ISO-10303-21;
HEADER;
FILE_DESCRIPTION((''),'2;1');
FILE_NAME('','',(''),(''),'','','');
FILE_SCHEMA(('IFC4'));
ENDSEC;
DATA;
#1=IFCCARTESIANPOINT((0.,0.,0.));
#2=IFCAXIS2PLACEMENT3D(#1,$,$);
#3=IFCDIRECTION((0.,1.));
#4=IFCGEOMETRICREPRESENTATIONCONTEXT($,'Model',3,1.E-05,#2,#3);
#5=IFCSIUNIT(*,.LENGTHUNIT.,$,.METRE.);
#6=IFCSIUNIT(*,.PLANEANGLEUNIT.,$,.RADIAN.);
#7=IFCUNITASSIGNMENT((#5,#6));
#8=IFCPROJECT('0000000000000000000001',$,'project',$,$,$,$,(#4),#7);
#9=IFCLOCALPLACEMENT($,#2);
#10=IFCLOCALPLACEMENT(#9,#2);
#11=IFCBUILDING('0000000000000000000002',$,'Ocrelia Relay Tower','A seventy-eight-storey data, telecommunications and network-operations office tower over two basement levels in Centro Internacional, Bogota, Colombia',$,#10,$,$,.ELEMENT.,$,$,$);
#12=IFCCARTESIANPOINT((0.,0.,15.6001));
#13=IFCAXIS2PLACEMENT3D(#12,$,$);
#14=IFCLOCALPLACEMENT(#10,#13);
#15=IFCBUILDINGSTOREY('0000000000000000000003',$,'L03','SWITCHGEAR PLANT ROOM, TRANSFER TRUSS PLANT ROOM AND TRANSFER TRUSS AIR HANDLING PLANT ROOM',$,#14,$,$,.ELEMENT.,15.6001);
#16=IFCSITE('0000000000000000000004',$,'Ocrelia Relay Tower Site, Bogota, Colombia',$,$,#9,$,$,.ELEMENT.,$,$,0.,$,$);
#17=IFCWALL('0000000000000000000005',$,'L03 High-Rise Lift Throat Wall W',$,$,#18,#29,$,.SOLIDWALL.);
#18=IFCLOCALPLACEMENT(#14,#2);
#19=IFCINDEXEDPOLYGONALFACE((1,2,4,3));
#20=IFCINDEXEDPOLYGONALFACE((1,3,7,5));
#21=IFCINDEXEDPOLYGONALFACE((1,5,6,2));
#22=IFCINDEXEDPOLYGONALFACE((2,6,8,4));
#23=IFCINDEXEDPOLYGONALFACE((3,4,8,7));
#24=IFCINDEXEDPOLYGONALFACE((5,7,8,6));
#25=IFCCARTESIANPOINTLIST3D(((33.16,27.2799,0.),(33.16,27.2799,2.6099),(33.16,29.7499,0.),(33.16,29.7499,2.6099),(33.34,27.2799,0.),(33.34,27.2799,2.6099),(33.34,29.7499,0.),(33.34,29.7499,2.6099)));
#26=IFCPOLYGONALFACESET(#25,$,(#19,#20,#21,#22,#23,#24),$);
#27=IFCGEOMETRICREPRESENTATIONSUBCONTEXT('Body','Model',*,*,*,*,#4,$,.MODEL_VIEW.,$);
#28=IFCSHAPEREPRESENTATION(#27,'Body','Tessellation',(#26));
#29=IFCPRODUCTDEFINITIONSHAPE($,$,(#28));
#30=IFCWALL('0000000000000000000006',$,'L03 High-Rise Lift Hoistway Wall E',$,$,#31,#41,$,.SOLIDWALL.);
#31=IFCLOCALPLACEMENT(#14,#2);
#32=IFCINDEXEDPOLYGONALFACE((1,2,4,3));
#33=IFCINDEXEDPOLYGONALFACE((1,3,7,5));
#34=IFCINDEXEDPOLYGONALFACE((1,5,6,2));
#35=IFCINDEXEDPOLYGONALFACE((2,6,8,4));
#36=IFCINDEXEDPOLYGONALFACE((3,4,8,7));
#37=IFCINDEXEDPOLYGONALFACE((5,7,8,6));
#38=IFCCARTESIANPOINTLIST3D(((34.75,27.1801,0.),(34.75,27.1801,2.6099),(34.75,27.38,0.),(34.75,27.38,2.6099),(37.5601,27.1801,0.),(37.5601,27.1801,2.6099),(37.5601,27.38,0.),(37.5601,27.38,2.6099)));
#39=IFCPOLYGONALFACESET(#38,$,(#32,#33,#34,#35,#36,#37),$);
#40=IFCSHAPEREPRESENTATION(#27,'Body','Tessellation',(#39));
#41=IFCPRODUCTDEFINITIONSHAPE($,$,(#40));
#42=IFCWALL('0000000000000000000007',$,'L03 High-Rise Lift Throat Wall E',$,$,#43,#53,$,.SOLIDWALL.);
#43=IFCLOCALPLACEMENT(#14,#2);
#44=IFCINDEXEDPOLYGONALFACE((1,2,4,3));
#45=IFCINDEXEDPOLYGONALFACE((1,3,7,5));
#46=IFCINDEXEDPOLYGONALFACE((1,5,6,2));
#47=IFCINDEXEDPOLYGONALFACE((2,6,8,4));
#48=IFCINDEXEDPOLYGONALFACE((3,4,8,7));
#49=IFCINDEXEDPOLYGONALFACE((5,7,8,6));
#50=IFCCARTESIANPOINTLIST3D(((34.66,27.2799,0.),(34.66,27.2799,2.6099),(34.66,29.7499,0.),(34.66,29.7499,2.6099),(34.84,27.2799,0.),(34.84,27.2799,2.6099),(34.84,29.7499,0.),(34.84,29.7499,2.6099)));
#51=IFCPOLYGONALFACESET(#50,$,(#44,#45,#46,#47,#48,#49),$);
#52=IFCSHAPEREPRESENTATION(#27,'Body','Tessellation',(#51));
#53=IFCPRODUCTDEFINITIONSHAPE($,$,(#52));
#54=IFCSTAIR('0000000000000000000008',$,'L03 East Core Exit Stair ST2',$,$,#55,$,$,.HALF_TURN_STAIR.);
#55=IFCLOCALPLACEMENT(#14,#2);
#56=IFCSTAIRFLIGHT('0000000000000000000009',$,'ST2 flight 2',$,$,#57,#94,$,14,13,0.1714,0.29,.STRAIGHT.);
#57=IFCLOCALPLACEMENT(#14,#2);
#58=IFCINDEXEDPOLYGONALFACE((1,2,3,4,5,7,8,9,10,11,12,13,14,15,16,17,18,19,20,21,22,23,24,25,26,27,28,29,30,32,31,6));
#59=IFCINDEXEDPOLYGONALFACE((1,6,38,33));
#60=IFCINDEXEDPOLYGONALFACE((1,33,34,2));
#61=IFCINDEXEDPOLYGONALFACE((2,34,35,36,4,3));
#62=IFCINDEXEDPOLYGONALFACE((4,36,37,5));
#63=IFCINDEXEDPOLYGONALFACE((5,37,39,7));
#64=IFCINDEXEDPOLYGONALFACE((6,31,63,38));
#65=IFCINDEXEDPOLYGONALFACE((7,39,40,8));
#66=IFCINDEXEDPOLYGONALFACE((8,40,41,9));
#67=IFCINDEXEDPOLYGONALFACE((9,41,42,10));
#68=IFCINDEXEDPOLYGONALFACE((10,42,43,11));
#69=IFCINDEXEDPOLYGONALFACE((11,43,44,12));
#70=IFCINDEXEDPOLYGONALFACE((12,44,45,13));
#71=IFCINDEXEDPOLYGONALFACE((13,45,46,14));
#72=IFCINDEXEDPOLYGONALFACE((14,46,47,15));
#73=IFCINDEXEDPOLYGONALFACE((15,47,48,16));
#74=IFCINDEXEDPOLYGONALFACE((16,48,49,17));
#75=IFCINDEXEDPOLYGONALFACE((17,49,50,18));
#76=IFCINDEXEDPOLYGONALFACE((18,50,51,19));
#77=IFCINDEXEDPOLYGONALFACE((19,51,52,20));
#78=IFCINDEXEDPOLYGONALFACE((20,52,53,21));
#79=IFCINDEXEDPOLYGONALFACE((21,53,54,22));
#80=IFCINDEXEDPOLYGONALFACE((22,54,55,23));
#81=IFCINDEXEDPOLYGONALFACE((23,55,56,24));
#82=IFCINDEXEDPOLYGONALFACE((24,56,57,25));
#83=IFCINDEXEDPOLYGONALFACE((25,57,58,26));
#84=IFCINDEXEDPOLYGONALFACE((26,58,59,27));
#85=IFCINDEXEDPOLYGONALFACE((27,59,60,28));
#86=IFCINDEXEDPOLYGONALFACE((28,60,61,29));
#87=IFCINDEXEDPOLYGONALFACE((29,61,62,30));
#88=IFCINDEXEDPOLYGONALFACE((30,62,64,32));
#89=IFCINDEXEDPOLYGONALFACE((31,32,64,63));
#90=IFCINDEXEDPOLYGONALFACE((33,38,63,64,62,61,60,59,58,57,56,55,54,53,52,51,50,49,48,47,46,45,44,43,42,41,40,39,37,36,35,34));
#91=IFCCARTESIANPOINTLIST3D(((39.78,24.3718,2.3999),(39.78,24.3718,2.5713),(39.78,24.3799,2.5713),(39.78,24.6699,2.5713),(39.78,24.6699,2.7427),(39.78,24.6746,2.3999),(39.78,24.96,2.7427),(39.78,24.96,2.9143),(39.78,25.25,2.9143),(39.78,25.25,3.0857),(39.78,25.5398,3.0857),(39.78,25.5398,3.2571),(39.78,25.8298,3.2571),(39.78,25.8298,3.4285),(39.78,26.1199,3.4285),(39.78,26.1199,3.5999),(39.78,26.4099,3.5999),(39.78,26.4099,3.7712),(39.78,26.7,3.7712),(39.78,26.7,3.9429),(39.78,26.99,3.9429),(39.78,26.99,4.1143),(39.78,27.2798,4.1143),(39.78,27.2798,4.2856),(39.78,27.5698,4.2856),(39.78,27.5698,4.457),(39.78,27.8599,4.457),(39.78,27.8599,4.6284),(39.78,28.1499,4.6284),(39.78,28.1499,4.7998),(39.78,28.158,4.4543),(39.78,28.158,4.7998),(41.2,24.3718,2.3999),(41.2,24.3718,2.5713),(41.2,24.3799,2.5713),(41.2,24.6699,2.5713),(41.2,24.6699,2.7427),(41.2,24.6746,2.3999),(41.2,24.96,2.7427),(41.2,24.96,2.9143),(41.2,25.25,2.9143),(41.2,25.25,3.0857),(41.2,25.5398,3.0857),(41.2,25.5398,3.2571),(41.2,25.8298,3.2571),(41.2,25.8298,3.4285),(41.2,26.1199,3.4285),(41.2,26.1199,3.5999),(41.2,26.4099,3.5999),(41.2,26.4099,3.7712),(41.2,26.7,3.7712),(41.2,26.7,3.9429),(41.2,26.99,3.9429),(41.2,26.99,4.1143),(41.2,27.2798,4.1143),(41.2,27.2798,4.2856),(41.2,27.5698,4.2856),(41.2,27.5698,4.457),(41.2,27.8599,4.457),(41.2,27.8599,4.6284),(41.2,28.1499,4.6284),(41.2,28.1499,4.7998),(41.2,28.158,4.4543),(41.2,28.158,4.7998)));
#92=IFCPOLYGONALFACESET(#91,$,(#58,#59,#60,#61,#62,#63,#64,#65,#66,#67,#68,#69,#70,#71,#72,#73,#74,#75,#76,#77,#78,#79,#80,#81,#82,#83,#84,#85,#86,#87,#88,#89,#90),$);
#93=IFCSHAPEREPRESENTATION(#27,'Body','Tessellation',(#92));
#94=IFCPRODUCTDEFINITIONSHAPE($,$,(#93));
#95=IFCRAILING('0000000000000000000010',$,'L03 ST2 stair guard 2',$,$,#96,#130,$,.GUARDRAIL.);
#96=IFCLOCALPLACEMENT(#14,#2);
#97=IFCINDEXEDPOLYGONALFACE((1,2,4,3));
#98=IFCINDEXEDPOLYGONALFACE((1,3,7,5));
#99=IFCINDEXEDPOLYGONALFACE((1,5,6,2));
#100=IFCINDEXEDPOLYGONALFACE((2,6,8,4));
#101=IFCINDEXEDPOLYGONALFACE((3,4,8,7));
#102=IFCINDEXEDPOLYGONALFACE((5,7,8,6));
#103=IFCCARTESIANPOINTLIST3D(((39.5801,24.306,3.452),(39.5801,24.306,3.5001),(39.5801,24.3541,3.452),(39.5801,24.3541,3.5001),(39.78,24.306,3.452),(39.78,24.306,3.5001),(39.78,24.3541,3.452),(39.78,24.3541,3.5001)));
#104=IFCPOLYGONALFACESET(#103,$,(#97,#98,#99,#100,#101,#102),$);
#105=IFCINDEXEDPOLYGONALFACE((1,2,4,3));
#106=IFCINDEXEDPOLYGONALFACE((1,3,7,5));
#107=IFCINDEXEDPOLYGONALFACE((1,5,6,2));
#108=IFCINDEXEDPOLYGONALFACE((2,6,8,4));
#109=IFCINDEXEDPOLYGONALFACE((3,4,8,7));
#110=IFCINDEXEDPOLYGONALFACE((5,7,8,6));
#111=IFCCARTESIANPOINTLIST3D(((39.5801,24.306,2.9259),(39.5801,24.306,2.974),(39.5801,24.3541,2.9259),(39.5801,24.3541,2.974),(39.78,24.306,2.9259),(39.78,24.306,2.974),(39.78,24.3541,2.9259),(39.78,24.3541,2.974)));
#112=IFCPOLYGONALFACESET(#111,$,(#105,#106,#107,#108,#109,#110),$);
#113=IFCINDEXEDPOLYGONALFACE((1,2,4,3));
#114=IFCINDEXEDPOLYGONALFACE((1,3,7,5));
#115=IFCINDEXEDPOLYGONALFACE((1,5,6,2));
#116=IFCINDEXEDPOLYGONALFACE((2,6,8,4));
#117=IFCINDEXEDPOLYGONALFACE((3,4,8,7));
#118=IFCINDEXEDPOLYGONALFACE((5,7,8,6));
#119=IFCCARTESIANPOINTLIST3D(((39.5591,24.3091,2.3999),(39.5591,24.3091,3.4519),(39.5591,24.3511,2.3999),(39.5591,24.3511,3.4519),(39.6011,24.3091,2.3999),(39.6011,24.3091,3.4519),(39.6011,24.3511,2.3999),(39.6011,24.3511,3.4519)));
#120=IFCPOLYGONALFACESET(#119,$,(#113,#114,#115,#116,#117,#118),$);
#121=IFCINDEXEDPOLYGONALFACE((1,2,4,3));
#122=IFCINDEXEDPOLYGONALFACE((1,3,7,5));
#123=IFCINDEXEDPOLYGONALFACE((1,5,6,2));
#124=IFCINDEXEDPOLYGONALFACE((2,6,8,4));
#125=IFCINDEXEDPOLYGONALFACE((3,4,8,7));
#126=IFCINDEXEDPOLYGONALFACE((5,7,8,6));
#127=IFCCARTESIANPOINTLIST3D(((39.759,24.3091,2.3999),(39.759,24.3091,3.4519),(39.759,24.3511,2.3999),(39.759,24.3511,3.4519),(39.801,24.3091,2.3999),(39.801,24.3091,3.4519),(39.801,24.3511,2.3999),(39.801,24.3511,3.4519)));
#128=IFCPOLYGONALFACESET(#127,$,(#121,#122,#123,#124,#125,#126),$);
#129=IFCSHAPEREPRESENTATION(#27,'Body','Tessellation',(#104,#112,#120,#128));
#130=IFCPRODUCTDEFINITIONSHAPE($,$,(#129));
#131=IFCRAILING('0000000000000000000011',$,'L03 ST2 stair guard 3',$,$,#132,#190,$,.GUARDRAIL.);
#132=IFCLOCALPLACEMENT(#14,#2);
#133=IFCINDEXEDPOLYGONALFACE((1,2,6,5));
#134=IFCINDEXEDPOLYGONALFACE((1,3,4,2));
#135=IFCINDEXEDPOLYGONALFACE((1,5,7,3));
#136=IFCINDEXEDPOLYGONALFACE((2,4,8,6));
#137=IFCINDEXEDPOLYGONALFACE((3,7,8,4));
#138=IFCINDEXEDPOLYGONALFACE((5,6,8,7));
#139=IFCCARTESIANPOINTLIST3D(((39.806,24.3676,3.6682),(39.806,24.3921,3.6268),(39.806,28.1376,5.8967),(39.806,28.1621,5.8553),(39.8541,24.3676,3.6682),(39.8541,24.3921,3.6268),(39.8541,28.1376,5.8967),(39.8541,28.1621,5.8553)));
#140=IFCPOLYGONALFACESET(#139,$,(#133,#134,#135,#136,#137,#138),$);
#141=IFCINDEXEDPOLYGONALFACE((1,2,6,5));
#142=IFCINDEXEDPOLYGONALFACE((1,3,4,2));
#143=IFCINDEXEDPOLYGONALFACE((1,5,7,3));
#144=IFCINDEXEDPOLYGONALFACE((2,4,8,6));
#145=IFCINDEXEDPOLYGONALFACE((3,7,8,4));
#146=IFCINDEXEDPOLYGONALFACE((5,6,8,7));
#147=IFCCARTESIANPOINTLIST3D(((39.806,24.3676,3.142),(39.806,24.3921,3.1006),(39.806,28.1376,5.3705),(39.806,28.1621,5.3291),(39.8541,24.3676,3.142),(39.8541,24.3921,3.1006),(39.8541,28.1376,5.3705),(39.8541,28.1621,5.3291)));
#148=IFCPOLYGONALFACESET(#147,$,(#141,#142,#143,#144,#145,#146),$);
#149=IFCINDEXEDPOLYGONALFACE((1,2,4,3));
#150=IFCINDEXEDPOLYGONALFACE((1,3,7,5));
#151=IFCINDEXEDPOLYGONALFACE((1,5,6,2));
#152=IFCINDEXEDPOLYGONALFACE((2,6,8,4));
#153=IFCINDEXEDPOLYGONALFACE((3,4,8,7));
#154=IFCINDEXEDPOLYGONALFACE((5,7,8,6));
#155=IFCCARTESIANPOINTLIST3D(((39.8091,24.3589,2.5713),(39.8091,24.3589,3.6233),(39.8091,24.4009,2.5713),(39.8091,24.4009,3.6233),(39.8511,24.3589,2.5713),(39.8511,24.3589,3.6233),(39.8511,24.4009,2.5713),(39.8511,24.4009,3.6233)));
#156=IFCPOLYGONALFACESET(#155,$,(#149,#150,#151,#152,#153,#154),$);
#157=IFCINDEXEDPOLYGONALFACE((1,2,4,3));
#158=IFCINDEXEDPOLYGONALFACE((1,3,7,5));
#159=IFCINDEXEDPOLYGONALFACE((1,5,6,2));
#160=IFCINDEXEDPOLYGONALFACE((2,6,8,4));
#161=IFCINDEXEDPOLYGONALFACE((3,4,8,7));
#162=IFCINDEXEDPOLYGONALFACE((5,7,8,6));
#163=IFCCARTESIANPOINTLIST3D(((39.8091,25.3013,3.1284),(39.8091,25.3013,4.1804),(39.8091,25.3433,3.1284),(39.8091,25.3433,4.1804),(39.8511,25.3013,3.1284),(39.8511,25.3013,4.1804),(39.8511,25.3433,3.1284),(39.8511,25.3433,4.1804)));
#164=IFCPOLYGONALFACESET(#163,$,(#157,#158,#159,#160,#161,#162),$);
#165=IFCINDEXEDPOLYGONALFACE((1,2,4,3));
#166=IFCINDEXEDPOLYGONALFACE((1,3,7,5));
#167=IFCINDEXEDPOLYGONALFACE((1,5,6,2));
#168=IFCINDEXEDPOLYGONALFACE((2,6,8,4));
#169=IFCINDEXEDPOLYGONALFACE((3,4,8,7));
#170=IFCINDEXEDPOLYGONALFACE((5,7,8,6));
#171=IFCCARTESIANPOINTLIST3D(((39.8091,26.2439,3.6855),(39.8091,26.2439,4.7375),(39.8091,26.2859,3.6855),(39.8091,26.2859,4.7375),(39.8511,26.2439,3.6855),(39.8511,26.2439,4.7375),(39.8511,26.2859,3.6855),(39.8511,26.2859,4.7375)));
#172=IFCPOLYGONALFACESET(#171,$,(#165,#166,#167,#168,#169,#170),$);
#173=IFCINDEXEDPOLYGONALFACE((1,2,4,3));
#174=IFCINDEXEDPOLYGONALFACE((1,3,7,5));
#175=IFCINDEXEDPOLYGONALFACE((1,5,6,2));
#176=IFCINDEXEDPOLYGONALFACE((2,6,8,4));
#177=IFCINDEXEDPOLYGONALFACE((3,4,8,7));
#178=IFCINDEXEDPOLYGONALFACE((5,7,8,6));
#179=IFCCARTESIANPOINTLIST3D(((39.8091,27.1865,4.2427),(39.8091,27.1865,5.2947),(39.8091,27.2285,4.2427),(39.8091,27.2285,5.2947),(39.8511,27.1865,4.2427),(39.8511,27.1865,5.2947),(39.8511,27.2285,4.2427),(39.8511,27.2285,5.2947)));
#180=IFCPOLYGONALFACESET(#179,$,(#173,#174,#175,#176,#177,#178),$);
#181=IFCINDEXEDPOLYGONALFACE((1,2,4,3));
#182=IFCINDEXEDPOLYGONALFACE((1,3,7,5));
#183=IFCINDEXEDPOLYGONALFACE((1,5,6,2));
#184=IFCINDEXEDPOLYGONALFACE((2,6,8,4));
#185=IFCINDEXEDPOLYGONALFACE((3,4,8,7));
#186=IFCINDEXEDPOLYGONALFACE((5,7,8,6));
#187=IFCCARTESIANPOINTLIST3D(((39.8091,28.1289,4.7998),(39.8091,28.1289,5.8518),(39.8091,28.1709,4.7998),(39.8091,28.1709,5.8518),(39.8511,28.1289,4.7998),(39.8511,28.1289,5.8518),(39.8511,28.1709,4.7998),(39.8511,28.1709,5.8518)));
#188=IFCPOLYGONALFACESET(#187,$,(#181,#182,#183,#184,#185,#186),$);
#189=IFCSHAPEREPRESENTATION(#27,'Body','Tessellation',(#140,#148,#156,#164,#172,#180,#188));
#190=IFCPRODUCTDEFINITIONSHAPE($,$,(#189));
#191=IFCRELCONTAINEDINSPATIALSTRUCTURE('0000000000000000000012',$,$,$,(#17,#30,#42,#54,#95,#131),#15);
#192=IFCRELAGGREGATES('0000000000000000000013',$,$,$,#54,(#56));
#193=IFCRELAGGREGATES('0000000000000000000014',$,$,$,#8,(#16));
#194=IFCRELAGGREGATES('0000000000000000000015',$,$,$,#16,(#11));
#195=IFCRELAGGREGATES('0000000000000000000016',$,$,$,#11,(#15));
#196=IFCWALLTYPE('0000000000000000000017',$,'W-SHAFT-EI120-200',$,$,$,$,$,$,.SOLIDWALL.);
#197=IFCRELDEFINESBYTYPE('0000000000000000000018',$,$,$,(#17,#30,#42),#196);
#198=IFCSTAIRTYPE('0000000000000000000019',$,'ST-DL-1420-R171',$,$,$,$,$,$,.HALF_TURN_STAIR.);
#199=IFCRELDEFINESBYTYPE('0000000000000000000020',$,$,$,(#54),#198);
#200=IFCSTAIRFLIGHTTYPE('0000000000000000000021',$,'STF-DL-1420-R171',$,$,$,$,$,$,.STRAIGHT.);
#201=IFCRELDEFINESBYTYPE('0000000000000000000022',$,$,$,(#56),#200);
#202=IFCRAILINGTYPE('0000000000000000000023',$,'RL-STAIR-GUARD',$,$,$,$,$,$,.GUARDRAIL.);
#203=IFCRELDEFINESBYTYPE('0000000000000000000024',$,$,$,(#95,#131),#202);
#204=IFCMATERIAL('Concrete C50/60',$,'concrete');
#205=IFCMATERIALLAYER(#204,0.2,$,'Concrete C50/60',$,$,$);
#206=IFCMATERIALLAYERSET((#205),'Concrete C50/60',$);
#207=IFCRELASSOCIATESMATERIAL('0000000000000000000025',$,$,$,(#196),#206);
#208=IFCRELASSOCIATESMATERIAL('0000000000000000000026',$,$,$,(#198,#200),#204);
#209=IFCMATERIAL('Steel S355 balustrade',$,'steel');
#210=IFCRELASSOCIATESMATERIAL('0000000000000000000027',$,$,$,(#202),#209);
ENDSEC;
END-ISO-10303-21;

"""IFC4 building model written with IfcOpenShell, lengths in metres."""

from ifc_helpers import new_model, si_unit, direction, frame, frame_2d, origin, origin_2d, place, context, subcontext, project, spatial, polyline, rectangle, outline, extrude, material, layer, layer_set, type_object, element, aggregate, save


model = new_model("IFC4")

# Units and contexts
model_context = context("Model", 3, precision=1e-05, world=origin(), true_north=direction((0.0, 1.0)))
body_context = subcontext(model_context, "Body", "Model", "MODEL_VIEW")
ifc_project = project(units=[si_unit("LENGTHUNIT", "METRE"), si_unit("PLANEANGLEUNIT", "RADIAN")], contexts=[model_context])

# Site, building, storey
site_placement = place(None, origin())
site = spatial("IfcSite", under=ifc_project, at=site_placement, Name="Ocrelia Relay Tower Site, Bogota, Colombia", CompositionType="ELEMENT", RefElevation=0.0)
building_placement = place(site_placement, origin())
building = spatial("IfcBuilding", under=site, at=building_placement, Name="Ocrelia Relay Tower", Description="A seventy-eight-storey data, telecommunications and network-operations office tower over two basement levels in Centro Internacional, Bogota, Colombia", CompositionType="ELEMENT")
storey_placement = place(building_placement, frame((0.0, 0.0, 15.6001)))
storey = spatial("IfcBuildingStorey", under=building, at=storey_placement, Name="L03", Description="SWITCHGEAR PLANT ROOM, TRANSFER TRUSS PLANT ROOM AND TRANSFER TRUSS AIR HANDLING PLANT ROOM", CompositionType="ELEMENT", Elevation=15.6001)

# Shared definitions
ifc_material_1 = material(Name="Concrete C50/60", Category="concrete")
ifc_layer_1 = layer(ifc_material_1, 0.2, Name="Concrete C50/60")
ifc_layer_set_1 = layer_set([ifc_layer_1], Name="Concrete C50/60")
wall_type_1 = type_object("IfcWallType", Name="W-SHAFT-EI120-200", PredefinedType="SOLIDWALL", material=ifc_layer_set_1)

# Walls
wall_1_placement = place(storey_placement, frame((33.25, 27.28, 0.0), z_axis=(0.0, 0.0, 1.0), x_axis=(0.0, 1.0, 0.0)))
element("IfcWall", 1, at=wall_1_placement, inside=storey, type_object=wall_type_1, Name="L03 High-Rise Lift Throat Wall W", PredefinedType="SOLIDWALL", context=body_context, shape_type="SweptSolid", body=[
    extrude(rectangle(XDim=2.47, YDim=0.1799, at=frame_2d((1.2349, 0.0))), origin(), (0.0, 0.0, 1.0), 2.6099),
])
wall_2_placement = place(storey_placement, frame((34.75, 27.28, 0.0), z_axis=(0.0, 0.0, 1.0), x_axis=(1.0, 0.0, 0.0)))
element("IfcWall", 2, at=wall_2_placement, inside=storey, type_object=wall_type_1, Name="L03 High-Rise Lift Hoistway Wall E", PredefinedType="SOLIDWALL", context=body_context, shape_type="SweptSolid", body=[
    extrude(rectangle(XDim=2.8101, YDim=0.2, at=frame_2d((1.405, 0.0))), origin(), (0.0, 0.0, 1.0), 2.6099),
])
wall_3_placement = place(storey_placement, frame((34.75, 27.28, 0.0), z_axis=(0.0, 0.0, 1.0), x_axis=(0.0, 1.0, 0.0)))
element("IfcWall", 3, at=wall_3_placement, inside=storey, type_object=wall_type_1, Name="L03 High-Rise Lift Throat Wall E", PredefinedType="SOLIDWALL", context=body_context, shape_type="SweptSolid", body=[
    extrude(rectangle(XDim=2.47, YDim=0.1799, at=frame_2d((1.2349, 0.0))), origin(), (0.0, 0.0, 1.0), 2.6099),
])

# Stair, stair flight
stair_type = type_object("IfcStairType", Name="ST-DL-1420-R171", PredefinedType="HALF_TURN_STAIR", material=ifc_material_1)
stair_placement = place(storey_placement, origin())
stair = element("IfcStair", 4, at=stair_placement, inside=storey, type_object=stair_type, Name="L03 East Core Exit Stair ST2", PredefinedType="HALF_TURN_STAIR")
stair_flight_type = type_object("IfcStairFlightType", Name="STF-DL-1420-R171", PredefinedType="STRAIGHT", material=ifc_material_1)
stair_flight_placement = place(storey_placement, frame((40.49, 24.3799, 2.3999), z_axis=(0.0, 0.0, 1.0), x_axis=(0.0, 1.0, 0.0)))
stair_flight = element("IfcStairFlight", 5, at=stair_flight_placement, type_object=stair_flight_type, Name="ST2 flight 2", NumberOfRisers=14, NumberOfTreads=13, PredefinedType="STRAIGHT", RiserHeight=0.1714, TreadLength=0.29, context=body_context, shape_type="SweptSolid", body=[
    extrude(outline(polyline([(-0.0081, 0.0), (-0.0081, 0.1714), (0.0, 0.1714), (0.29, 0.1714), (0.29, 0.3428), (0.5801, 0.3428), (0.5801, 0.5144), (0.8701, 0.5144), (0.8701, 0.6858), (1.1599, 0.6858), (1.1599, 0.8572), (1.45, 0.8572), (1.45, 1.0286), (1.74, 1.0286), (1.74, 1.2), (2.03, 1.2), (2.03, 1.3713), (2.3201, 1.3713), (2.3201, 1.543), (2.6101, 1.543), (2.6101, 1.7144), (2.8999, 1.7144), (2.8999, 1.8857), (3.1899, 1.8857), (3.1899, 2.0571), (3.48, 2.0571), (3.48, 2.2285), (3.77, 2.2285), (3.77, 2.3999), (3.7781, 2.3999), (3.7781, 2.0544), (0.2947, 0.0), (-0.0081, 0.0)])), frame((0.0, 0.71, 0.0), z_axis=(0.0, -1.0, 0.0), x_axis=(1.0, 0.0, 0.0)), (0.0, 0.0, 1.0), 1.4199),
])
aggregate(stair, [stair_flight])

# Railings
ifc_material_2 = material(Name="Steel S355 balustrade", Category="steel")
railing_type_1 = type_object("IfcRailingType", Name="RL-STAIR-GUARD", PredefinedType="GUARDRAIL", material=ifc_material_2)
railing_1_placement = place(storey_placement, frame((39.5801, 24.3301, 2.3999)))
element("IfcRailing", 6, at=railing_1_placement, inside=storey, type_object=railing_type_1, Name="L03 ST2 stair guard 2", PredefinedType="GUARDRAIL", context=body_context, shape_type="SweptSolid", body=[
    extrude(rectangle(XDim=0.0481, YDim=0.0481, at=origin_2d()), frame((0.0, 0.0, 1.0762), z_axis=(1.0, 0.0, 0.0), x_axis=(0.0, 1.0, 0.0)), (0.0, 0.0, 1.0), 0.2),
    extrude(rectangle(XDim=0.0481, YDim=0.0481, at=origin_2d()), frame((0.0, 0.0, 0.55), z_axis=(1.0, 0.0, 0.0), x_axis=(0.0, 1.0, 0.0)), (0.0, 0.0, 1.0), 0.2),
    extrude(rectangle(XDim=0.042, YDim=0.042, at=origin_2d()), origin(), (0.0, 0.0, 1.0), 1.052),
    extrude(rectangle(XDim=0.042, YDim=0.042, at=origin_2d()), frame((0.2, 0.0, 0.0)), (0.0, 0.0, 1.0), 1.052),
])
railing_2_placement = place(storey_placement, frame((39.8301, 24.3799, 2.5713)))
element("IfcRailing", 7, at=railing_2_placement, inside=storey, type_object=railing_type_1, Name="L03 ST2 stair guard 3", PredefinedType="GUARDRAIL", context=body_context, shape_type="SweptSolid", body=[
    extrude(rectangle(XDim=0.0481, YDim=0.0481, at=origin_2d()), frame((0.0, 0.0, 1.0762), z_axis=(0.0, 0.860849, 0.508861), x_axis=(-1.0, 0.0, 0.0)), (0.0, 0.0, 1.0), 4.3794),
    extrude(rectangle(XDim=0.0481, YDim=0.0481, at=origin_2d()), frame((0.0, 0.0, 0.55), z_axis=(0.0, 0.860849, 0.508861), x_axis=(-1.0, 0.0, 0.0)), (0.0, 0.0, 1.0), 4.3794),
    extrude(rectangle(XDim=0.042, YDim=0.042, at=origin_2d()), origin(), (0.0, 0.0, 1.0), 1.052),
    extrude(rectangle(XDim=0.042, YDim=0.042, at=origin_2d()), frame((0.0, 0.9424, 0.5571)), (0.0, 0.0, 1.0), 1.052),
    extrude(rectangle(XDim=0.042, YDim=0.042, at=origin_2d()), frame((0.0, 1.885, 1.1143)), (0.0, 0.0, 1.0), 1.052),
    extrude(rectangle(XDim=0.042, YDim=0.042, at=origin_2d()), frame((0.0, 2.8276, 1.6714)), (0.0, 0.0, 1.0), 1.052),
    extrude(rectangle(XDim=0.042, YDim=0.042, at=origin_2d()), frame((0.0, 3.77, 2.2285)), (0.0, 0.0, 1.0), 1.052),
])

save(model, "model.ifc")
